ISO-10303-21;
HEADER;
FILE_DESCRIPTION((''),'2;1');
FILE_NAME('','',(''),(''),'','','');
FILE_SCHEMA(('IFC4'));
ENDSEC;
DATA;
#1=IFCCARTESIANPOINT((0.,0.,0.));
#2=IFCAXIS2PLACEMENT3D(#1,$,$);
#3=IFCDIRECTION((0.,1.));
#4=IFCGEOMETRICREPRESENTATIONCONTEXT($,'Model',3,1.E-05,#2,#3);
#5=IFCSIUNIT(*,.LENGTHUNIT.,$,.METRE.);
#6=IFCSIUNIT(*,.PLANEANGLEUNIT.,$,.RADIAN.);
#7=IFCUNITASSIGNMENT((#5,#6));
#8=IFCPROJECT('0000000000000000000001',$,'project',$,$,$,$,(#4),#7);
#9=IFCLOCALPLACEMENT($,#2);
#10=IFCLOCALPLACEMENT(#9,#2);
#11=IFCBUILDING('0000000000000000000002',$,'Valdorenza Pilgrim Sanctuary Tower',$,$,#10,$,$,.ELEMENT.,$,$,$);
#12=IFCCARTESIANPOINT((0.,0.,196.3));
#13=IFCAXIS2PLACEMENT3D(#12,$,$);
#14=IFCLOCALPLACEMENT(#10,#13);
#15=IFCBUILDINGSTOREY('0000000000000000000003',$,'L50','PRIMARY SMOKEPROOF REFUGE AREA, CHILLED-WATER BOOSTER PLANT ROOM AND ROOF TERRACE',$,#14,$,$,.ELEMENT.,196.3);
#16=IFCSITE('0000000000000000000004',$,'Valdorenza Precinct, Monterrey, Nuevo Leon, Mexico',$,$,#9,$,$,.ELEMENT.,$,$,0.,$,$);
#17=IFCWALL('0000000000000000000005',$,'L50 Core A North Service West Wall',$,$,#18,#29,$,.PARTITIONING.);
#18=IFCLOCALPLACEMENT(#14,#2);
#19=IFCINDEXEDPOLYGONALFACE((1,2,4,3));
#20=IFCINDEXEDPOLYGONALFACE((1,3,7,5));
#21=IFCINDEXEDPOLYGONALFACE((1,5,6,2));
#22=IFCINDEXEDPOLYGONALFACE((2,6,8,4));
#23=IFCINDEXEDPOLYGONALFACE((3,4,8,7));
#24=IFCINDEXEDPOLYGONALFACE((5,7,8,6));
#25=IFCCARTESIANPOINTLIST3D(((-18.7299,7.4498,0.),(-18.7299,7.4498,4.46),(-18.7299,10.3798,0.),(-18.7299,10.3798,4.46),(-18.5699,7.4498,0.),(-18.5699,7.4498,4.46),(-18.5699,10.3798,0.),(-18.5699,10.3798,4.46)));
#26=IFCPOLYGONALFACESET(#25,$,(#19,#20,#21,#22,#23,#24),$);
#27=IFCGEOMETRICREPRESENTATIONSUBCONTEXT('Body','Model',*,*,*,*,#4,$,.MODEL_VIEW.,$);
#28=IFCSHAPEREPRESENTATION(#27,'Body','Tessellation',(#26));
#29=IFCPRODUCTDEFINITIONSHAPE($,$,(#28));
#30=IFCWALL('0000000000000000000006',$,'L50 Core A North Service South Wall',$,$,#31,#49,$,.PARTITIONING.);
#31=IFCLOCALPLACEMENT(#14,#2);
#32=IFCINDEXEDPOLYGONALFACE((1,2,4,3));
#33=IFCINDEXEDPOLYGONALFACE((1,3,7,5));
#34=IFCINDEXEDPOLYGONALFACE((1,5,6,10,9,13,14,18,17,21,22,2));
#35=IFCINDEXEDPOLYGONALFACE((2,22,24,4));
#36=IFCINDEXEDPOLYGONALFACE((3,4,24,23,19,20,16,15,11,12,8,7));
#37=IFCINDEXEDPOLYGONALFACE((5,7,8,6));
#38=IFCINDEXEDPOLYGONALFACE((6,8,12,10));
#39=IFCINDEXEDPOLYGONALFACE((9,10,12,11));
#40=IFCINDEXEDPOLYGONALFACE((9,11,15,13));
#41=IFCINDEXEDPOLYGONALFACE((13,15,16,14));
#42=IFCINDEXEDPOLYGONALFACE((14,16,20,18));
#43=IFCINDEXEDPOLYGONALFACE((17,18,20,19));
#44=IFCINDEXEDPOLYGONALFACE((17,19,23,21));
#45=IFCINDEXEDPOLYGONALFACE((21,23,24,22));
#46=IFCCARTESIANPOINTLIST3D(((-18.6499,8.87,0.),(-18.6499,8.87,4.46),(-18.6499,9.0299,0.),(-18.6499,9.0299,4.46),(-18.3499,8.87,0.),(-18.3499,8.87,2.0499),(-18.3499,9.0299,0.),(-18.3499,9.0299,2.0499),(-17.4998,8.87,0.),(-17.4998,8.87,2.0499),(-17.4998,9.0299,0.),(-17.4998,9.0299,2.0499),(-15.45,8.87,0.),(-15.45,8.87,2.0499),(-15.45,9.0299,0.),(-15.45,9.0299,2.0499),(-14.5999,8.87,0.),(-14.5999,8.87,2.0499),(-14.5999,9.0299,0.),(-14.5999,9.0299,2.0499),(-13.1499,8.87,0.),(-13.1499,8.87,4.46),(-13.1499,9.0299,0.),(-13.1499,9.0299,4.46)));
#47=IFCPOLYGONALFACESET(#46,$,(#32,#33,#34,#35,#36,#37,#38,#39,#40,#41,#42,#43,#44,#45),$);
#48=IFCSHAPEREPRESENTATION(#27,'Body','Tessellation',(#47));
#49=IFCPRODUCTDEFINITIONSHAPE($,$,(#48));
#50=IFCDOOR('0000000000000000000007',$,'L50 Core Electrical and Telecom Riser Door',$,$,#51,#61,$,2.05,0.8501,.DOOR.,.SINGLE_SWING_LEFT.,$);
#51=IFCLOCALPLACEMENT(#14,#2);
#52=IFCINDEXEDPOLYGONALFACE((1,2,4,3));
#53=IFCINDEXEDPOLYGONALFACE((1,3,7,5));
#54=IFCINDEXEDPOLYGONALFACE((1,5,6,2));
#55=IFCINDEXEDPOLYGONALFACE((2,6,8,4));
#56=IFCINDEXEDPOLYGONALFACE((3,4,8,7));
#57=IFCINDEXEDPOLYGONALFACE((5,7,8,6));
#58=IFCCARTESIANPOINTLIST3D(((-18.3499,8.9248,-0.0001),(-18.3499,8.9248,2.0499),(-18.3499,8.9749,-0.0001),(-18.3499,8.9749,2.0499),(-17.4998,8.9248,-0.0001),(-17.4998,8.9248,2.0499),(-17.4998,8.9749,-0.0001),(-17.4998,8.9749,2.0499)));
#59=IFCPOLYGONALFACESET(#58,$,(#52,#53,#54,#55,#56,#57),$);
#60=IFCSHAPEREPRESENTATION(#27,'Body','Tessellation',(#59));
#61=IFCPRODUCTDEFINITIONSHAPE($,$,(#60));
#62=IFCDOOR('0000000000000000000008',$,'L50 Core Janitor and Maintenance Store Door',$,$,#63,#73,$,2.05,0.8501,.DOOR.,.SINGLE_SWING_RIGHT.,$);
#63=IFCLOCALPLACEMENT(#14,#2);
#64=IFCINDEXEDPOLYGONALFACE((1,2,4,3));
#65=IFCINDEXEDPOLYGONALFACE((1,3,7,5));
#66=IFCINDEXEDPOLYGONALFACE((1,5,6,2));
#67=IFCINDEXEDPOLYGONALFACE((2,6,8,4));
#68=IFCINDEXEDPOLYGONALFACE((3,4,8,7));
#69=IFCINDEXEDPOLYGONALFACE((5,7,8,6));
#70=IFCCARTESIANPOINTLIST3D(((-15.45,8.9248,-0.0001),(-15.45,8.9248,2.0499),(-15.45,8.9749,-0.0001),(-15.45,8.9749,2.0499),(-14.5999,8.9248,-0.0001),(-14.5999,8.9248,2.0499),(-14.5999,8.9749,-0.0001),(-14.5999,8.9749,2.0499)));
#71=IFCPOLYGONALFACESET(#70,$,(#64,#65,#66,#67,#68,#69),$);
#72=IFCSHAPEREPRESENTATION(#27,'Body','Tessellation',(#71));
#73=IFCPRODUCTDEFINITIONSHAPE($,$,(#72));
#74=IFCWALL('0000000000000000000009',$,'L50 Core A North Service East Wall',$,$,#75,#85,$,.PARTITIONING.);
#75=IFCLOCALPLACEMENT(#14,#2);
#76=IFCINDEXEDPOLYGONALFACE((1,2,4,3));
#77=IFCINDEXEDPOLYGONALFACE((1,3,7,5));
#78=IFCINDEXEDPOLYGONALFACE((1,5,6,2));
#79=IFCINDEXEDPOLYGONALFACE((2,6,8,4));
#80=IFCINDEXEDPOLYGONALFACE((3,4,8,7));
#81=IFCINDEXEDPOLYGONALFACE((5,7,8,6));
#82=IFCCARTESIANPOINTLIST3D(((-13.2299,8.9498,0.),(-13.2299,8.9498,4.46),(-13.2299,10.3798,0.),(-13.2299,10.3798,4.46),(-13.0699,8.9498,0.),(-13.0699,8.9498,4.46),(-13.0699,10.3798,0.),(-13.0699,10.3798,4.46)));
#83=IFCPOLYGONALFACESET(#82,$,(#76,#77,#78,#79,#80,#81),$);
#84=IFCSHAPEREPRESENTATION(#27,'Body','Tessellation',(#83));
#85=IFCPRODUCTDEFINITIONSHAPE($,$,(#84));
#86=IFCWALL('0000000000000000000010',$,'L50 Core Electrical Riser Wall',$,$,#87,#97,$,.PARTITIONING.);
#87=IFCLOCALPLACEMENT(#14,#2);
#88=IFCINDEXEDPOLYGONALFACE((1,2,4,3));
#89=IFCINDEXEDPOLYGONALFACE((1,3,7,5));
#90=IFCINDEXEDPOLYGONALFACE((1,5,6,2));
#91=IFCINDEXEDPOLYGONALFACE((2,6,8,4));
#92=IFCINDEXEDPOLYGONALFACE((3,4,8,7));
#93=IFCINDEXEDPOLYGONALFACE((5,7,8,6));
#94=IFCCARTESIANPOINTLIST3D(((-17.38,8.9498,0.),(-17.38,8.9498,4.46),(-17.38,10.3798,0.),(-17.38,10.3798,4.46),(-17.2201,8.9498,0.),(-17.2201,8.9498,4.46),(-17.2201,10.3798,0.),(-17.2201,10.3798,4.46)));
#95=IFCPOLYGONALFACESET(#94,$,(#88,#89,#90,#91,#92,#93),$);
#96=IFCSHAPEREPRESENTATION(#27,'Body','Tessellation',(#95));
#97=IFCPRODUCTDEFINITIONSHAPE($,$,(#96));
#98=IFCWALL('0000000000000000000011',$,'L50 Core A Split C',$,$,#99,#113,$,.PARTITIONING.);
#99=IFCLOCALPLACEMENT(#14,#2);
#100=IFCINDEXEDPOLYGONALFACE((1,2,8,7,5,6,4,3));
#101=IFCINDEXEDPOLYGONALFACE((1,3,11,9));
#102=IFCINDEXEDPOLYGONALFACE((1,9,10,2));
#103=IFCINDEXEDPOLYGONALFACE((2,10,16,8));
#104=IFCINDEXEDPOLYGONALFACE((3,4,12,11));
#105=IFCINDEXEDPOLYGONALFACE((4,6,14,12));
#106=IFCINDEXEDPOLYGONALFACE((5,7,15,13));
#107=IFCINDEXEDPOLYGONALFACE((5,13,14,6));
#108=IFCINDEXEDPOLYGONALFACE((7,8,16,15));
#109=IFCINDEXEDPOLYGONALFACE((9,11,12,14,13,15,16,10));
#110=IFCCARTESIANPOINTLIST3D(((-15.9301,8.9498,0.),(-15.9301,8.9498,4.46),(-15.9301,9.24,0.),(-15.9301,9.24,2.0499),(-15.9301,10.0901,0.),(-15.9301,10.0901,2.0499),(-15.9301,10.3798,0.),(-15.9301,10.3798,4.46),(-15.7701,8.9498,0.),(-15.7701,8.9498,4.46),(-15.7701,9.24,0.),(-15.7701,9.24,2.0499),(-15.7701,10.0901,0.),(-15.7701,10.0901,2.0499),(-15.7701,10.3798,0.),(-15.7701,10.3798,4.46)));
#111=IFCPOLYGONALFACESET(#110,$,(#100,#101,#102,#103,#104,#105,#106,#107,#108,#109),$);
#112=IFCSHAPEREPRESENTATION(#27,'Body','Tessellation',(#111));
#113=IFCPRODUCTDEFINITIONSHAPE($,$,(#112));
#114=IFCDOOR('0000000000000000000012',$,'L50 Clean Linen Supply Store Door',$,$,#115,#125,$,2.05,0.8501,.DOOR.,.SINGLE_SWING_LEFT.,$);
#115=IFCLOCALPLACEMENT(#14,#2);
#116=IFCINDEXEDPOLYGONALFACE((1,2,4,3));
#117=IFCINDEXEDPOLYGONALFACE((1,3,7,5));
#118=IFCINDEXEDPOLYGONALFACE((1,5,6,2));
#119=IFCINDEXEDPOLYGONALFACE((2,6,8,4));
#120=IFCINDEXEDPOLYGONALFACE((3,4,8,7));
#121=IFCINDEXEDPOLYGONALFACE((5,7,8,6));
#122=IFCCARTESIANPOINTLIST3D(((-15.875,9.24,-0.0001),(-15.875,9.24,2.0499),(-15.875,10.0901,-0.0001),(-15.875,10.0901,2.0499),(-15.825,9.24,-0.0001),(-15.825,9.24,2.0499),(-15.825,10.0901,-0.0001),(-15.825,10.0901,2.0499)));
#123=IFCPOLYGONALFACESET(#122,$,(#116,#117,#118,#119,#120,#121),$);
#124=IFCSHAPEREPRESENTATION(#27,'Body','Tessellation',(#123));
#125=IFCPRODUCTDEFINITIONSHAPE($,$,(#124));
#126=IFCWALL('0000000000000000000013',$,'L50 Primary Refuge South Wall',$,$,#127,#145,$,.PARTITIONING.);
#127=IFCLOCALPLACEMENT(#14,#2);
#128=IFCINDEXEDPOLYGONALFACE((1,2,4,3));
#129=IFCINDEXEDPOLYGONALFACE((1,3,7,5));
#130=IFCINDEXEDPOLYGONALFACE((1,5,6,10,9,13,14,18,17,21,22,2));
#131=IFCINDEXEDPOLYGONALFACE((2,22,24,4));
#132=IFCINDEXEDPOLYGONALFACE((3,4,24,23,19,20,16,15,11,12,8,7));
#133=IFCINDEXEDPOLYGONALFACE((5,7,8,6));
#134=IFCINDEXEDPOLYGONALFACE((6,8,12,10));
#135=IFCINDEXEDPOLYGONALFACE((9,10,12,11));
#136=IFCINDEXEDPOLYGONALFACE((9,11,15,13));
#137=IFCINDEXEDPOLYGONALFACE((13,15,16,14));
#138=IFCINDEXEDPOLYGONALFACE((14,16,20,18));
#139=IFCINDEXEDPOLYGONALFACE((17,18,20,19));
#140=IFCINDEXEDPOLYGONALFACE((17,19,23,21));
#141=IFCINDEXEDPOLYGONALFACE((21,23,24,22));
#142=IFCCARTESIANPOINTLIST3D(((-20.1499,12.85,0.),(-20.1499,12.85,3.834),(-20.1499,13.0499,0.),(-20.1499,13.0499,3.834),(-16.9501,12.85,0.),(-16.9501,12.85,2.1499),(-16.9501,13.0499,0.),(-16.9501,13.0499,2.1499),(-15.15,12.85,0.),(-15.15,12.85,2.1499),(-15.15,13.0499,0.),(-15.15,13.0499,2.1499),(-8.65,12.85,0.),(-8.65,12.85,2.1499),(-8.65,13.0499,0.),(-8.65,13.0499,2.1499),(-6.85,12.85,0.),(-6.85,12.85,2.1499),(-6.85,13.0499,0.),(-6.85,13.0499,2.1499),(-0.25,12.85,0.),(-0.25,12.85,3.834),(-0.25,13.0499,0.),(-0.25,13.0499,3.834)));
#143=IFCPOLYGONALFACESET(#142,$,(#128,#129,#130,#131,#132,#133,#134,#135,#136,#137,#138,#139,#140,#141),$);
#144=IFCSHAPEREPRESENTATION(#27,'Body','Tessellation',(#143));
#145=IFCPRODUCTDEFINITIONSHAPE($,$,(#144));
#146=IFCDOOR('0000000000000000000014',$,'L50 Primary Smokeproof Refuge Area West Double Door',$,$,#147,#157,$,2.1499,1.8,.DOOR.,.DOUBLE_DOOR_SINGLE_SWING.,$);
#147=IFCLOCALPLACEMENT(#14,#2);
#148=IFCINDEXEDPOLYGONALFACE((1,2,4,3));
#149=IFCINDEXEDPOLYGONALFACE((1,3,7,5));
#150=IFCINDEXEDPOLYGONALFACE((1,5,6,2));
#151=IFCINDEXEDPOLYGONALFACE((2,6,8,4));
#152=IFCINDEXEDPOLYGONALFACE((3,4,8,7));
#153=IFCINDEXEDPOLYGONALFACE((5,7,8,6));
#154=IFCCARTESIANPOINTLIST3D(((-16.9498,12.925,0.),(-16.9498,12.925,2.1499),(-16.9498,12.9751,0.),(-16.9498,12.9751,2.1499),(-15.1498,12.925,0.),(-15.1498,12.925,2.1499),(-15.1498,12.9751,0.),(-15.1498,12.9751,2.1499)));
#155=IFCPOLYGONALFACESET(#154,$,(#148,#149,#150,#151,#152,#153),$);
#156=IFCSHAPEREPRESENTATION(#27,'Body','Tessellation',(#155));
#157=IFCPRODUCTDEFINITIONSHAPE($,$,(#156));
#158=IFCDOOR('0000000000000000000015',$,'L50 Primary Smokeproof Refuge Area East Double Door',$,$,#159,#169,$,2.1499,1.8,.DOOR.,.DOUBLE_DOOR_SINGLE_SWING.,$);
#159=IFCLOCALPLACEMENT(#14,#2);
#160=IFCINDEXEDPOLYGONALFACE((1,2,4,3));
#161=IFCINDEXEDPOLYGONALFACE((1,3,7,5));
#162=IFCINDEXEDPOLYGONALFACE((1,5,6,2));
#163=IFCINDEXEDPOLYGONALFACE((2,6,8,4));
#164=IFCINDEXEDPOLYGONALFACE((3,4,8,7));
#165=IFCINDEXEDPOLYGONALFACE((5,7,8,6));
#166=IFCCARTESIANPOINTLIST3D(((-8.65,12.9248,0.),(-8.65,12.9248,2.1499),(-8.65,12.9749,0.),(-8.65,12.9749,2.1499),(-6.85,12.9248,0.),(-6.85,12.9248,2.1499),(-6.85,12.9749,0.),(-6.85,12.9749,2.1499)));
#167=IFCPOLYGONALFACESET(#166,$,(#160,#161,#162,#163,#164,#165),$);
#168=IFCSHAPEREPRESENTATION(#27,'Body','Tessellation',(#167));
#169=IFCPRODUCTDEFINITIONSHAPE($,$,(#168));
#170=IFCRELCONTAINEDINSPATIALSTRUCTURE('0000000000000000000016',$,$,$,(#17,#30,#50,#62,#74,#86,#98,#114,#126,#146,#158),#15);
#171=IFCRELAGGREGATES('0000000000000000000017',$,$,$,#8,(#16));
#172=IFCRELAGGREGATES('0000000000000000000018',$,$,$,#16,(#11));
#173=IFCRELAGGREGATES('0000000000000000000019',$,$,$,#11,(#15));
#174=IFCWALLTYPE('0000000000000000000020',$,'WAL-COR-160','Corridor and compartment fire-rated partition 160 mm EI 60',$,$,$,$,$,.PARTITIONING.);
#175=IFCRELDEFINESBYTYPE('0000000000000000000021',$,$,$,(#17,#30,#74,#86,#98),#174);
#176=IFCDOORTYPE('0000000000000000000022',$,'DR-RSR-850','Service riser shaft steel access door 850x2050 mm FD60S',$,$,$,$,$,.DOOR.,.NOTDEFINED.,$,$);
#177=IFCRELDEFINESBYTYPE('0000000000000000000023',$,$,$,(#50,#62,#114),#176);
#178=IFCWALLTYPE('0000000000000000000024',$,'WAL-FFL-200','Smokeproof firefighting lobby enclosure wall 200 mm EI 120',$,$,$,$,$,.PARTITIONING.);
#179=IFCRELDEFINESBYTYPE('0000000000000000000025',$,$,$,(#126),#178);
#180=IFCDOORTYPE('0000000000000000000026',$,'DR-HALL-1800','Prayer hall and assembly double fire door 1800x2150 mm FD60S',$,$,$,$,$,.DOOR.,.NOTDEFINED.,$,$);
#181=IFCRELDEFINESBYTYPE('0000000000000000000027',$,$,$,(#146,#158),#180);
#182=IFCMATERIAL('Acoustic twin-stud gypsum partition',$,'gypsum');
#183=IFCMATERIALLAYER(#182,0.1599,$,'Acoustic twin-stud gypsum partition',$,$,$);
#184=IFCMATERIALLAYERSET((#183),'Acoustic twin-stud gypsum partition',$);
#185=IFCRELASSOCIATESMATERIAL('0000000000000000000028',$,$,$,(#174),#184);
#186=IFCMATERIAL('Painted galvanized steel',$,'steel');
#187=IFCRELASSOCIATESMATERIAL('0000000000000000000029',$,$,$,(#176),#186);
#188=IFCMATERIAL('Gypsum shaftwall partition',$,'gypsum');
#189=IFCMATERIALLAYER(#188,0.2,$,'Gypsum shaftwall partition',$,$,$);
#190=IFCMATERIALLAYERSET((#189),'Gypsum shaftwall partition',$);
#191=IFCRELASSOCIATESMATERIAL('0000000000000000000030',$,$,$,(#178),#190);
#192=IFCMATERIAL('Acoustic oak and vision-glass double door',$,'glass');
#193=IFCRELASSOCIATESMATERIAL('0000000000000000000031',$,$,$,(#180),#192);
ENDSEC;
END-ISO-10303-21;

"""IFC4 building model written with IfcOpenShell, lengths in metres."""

from ifc_helpers import new_model, si_unit, direction, frame, frame_2d, origin, place, context, subcontext, project, spatial, rectangle, extrude, material, layer, layer_set, type_object, element, fill, save


model = new_model("IFC4")

# Units and contexts
model_context = context("Model", 3, precision=1e-05, world=origin(), true_north=direction((0.0, 1.0)))
body_context = subcontext(model_context, "Body", "Model", "MODEL_VIEW")
ifc_project = project(units=[si_unit("LENGTHUNIT", "METRE"), si_unit("PLANEANGLEUNIT", "RADIAN")], contexts=[model_context])

# Site, building, storey
site_placement = place(None, origin())
site = spatial("IfcSite", under=ifc_project, at=site_placement, Name="Valdorenza Precinct, Monterrey, Nuevo Leon, Mexico", CompositionType="ELEMENT", RefElevation=0.0)
building_placement = place(site_placement, origin())
building = spatial("IfcBuilding", under=site, at=building_placement, Name="Valdorenza Pilgrim Sanctuary Tower", CompositionType="ELEMENT")
storey_placement = place(building_placement, frame((0.0, 0.0, 196.3)))
storey = spatial("IfcBuildingStorey", under=building, at=storey_placement, Name="L50", Description="PRIMARY SMOKEPROOF REFUGE AREA, CHILLED-WATER BOOSTER PLANT ROOM AND ROOF TERRACE", CompositionType="ELEMENT", Elevation=196.3)

# Wall
ifc_material_1 = material(Name="Acoustic twin-stud gypsum partition", Category="gypsum")
ifc_layer_1 = layer(ifc_material_1, 0.1599, Name="Acoustic twin-stud gypsum partition")
ifc_layer_set_1 = layer_set([ifc_layer_1], Name="Acoustic twin-stud gypsum partition")
wall_type_1 = type_object("IfcWallType", Name="WAL-COR-160", Description="Corridor and compartment fire-rated partition 160 mm EI 60", PredefinedType="PARTITIONING", material=ifc_layer_set_1)
wall_1_placement = place(storey_placement, frame((-18.6499, 7.45, 0.0), z_axis=(0.0, 0.0, 1.0), x_axis=(0.0, 1.0, 0.0)))
element("IfcWall", 1, at=wall_1_placement, inside=storey, type_object=wall_type_1, Name="L50 Core A North Service West Wall", PredefinedType="PARTITIONING", context=body_context, shape_type="SweptSolid", body=[
    extrude(rectangle(XDim=2.9299, YDim=0.1599, at=frame_2d((1.4648, 0.0))), origin(), (0.0, 0.0, 1.0), 4.46),
])

# Wall, openings, doors
wall_2_placement = place(storey_placement, frame((-18.6499, 8.95, 0.0), z_axis=(0.0, 0.0, 1.0), x_axis=(1.0, 0.0, 0.0)))
wall_2 = element("IfcWall", 2, at=wall_2_placement, inside=storey, type_object=wall_type_1, Name="L50 Core A North Service South Wall", PredefinedType="PARTITIONING", context=body_context, shape_type="SweptSolid", body=[
    extrude(rectangle(XDim=5.5, YDim=0.1599, at=frame_2d((2.75, 0.0))), origin(), (0.0, 0.0, 1.0), 4.46),
])
opening_1_placement = place(wall_2_placement, frame((0.3, 0.0, 0.0)))
opening_1 = element("IfcOpeningElement", 3, at=opening_1_placement, cuts=wall_2, PredefinedType="OPENING", context=body_context, shape_type="SweptSolid", body=[
    extrude(rectangle(XDim=0.8501, YDim=2.05, at=frame_2d((0.425, 1.0249))), frame((0.0, 0.0947, 0.0), z_axis=(0.0, -1.0, 0.0), x_axis=(1.0, 0.0, 0.0)), (0.0, 0.0, 1.0), 0.1897),
])
opening_2_placement = place(wall_2_placement, frame((3.2, 0.0, 0.0)))
opening_2 = element("IfcOpeningElement", 4, at=opening_2_placement, cuts=wall_2, PredefinedType="OPENING", context=body_context, shape_type="SweptSolid", body=[
    extrude(rectangle(XDim=0.8501, YDim=2.05, at=frame_2d((0.425, 1.0249))), frame((0.0, 0.0947, 0.0), z_axis=(0.0, -1.0, 0.0), x_axis=(1.0, 0.0, 0.0)), (0.0, 0.0, 1.0), 0.1897),
])
ifc_material_2 = material(Name="Painted galvanized steel", Category="steel")
door_type_1 = type_object("IfcDoorType", Name="DR-RSR-850", Description="Service riser shaft steel access door 850x2050 mm FD60S", OperationType="NOTDEFINED", PredefinedType="DOOR", material=ifc_material_2)
door_1_placement = place(opening_1_placement, origin())
door_1 = element("IfcDoor", 5, at=door_1_placement, inside=storey, type_object=door_type_1, Name="L50 Core Electrical and Telecom Riser Door", OperationType="SINGLE_SWING_LEFT", OverallHeight=2.05, OverallWidth=0.8501, PredefinedType="DOOR", context=body_context, shape_type="SweptSolid", body=[
    extrude(rectangle(XDim=0.8501, YDim=2.05, at=frame_2d((0.425, 1.0249))), frame((0.0, 0.0249, 0.0), z_axis=(0.0, -1.0, 0.0), x_axis=(1.0, 0.0, 0.0)), (0.0, 0.0, 1.0), 0.05),
])
fill(opening_1, door_1)
door_2_placement = place(opening_2_placement, origin())
door_2 = element("IfcDoor", 6, at=door_2_placement, inside=storey, type_object=door_type_1, Name="L50 Core Janitor and Maintenance Store Door", OperationType="SINGLE_SWING_RIGHT", OverallHeight=2.05, OverallWidth=0.8501, PredefinedType="DOOR", context=body_context, shape_type="SweptSolid", body=[
    extrude(rectangle(XDim=0.8501, YDim=2.05, at=frame_2d((0.425, 1.0249))), frame((0.0, 0.0249, 0.0), z_axis=(0.0, -1.0, 0.0), x_axis=(1.0, 0.0, 0.0)), (0.0, 0.0, 1.0), 0.05),
])
fill(opening_2, door_2)

# Walls
for number, where, z_axis, x_axis, name in (
    (7, (-13.1499, 8.95, 0.0), (0.0, 0.0, 1.0), (0.0, 1.0, 0.0), "L50 Core A North Service East Wall"),
    (8, (-17.3, 8.95, 0.0), (0.0, 0.0, 1.0), (0.0, 1.0, 0.0), "L50 Core Electrical Riser Wall"),
):
    element("IfcWall", number, at=place(storey_placement, frame(where, z_axis=z_axis, x_axis=x_axis)), inside=storey, type_object=wall_type_1, Name=name, PredefinedType="PARTITIONING", context=body_context, shape_type="SweptSolid", body=[
        extrude(rectangle(XDim=1.4299, YDim=0.1599, at=frame_2d((0.7148, 0.0))), origin(), (0.0, 0.0, 1.0), 4.46),
    ])

# Wall, opening, door
wall_3_placement = place(storey_placement, frame((-15.8501, 8.95, 0.0), z_axis=(0.0, 0.0, 1.0), x_axis=(0.0, 1.0, 0.0)))
wall_3 = element("IfcWall", 9, at=wall_3_placement, inside=storey, type_object=wall_type_1, Name="L50 Core A Split C", PredefinedType="PARTITIONING", context=body_context, shape_type="SweptSolid", body=[
    extrude(rectangle(XDim=1.4299, YDim=0.1599, at=frame_2d((0.7148, 0.0))), origin(), (0.0, 0.0, 1.0), 4.46),
])
opening_3_placement = place(wall_3_placement, frame((0.29, 0.0, 0.0)))
opening_3 = element("IfcOpeningElement", 10, at=opening_3_placement, cuts=wall_3, PredefinedType="OPENING", context=body_context, shape_type="SweptSolid", body=[
    extrude(rectangle(XDim=0.8501, YDim=2.05, at=frame_2d((0.425, 1.0249))), frame((0.0, 0.0947, 0.0), z_axis=(0.0, -1.0, 0.0), x_axis=(1.0, 0.0, 0.0)), (0.0, 0.0, 1.0), 0.1897),
])
door_3_placement = place(opening_3_placement, origin())
door_3 = element("IfcDoor", 11, at=door_3_placement, inside=storey, type_object=door_type_1, Name="L50 Clean Linen Supply Store Door", OperationType="SINGLE_SWING_LEFT", OverallHeight=2.05, OverallWidth=0.8501, PredefinedType="DOOR", context=body_context, shape_type="SweptSolid", body=[
    extrude(rectangle(XDim=0.8501, YDim=2.05, at=frame_2d((0.425, 1.0249))), frame((0.0, 0.0249, 0.0), z_axis=(0.0, -1.0, 0.0), x_axis=(1.0, 0.0, 0.0)), (0.0, 0.0, 1.0), 0.05),
])
fill(opening_3, door_3)

# Wall, openings, doors
ifc_material_3 = material(Name="Gypsum shaftwall partition", Category="gypsum")
ifc_layer_2 = layer(ifc_material_3, 0.2, Name="Gypsum shaftwall partition")
ifc_layer_set_2 = layer_set([ifc_layer_2], Name="Gypsum shaftwall partition")
wall_type_2 = type_object("IfcWallType", Name="WAL-FFL-200", Description="Smokeproof firefighting lobby enclosure wall 200 mm EI 120", PredefinedType="PARTITIONING", material=ifc_layer_set_2)
wall_4_placement = place(storey_placement, frame((-20.1499, 12.95, 0.0), z_axis=(0.0, 0.0, 1.0), x_axis=(1.0, 0.0, 0.0)))
wall_4 = element("IfcWall", 12, at=wall_4_placement, inside=storey, type_object=wall_type_2, Name="L50 Primary Refuge South Wall", PredefinedType="PARTITIONING", context=body_context, shape_type="SweptSolid", body=[
    extrude(rectangle(XDim=19.8999, YDim=0.2, at=frame_2d((9.95, 0.0))), origin(), (0.0, 0.0, 1.0), 3.834),
])
opening_4_placement = place(wall_4_placement, frame((3.2, 0.0, 0.0)))
opening_4 = element("IfcOpeningElement", 13, at=opening_4_placement, cuts=wall_4, PredefinedType="OPENING", context=body_context, shape_type="SweptSolid", body=[
    extrude(rectangle(XDim=1.8, YDim=2.1499, at=frame_2d((0.8999, 1.075))), frame((0.0, 0.1147, 0.0), z_axis=(0.0, -1.0, 0.0), x_axis=(1.0, 0.0, 0.0)), (0.0, 0.0, 1.0), 0.2297),
])
opening_5_placement = place(wall_4_placement, frame((11.5, 0.0, 0.0)))
opening_5 = element("IfcOpeningElement", 14, at=opening_5_placement, cuts=wall_4, PredefinedType="OPENING", context=body_context, shape_type="SweptSolid", body=[
    extrude(rectangle(XDim=1.8, YDim=2.1499, at=frame_2d((0.8999, 1.075))), frame((0.0, 0.1147, 0.0), z_axis=(0.0, -1.0, 0.0), x_axis=(1.0, 0.0, 0.0)), (0.0, 0.0, 1.0), 0.2297),
])
ifc_material_4 = material(Name="Acoustic oak and vision-glass double door", Category="glass")
door_type_2 = type_object("IfcDoorType", Name="DR-HALL-1800", Description="Prayer hall and assembly double fire door 1800x2150 mm FD60S", OperationType="NOTDEFINED", PredefinedType="DOOR", material=ifc_material_4)
door_4_placement = place(opening_4_placement, frame((1.8, 0.0, 0.0), z_axis=(0.0, 0.0, 1.0), x_axis=(-1.0, 0.0, 0.0)))
door_4 = element("IfcDoor", 15, at=door_4_placement, inside=storey, type_object=door_type_2, Name="L50 Primary Smokeproof Refuge Area West Double Door", OperationType="DOUBLE_DOOR_SINGLE_SWING", OverallHeight=2.1499, OverallWidth=1.8, PredefinedType="DOOR", context=body_context, shape_type="SweptSolid", body=[
    extrude(rectangle(XDim=1.8, YDim=2.1499, at=frame_2d((0.8999, 1.075))), frame((0.0, 0.0249, 0.0), z_axis=(0.0, -1.0, 0.0), x_axis=(1.0, 0.0, 0.0)), (0.0, 0.0, 1.0), 0.05),
])
fill(opening_4, door_4)
door_5_placement = place(opening_5_placement, origin())
door_5 = element("IfcDoor", 16, at=door_5_placement, inside=storey, type_object=door_type_2, Name="L50 Primary Smokeproof Refuge Area East Double Door", OperationType="DOUBLE_DOOR_SINGLE_SWING", OverallHeight=2.1499, OverallWidth=1.8, PredefinedType="DOOR", context=body_context, shape_type="SweptSolid", body=[
    extrude(rectangle(XDim=1.8, YDim=2.1499, at=frame_2d((0.8999, 1.075))), frame((0.0, 0.0249, 0.0), z_axis=(0.0, -1.0, 0.0), x_axis=(1.0, 0.0, 0.0)), (0.0, 0.0, 1.0), 0.05),
])
fill(opening_5, door_5)

save(model, "model.ifc")
